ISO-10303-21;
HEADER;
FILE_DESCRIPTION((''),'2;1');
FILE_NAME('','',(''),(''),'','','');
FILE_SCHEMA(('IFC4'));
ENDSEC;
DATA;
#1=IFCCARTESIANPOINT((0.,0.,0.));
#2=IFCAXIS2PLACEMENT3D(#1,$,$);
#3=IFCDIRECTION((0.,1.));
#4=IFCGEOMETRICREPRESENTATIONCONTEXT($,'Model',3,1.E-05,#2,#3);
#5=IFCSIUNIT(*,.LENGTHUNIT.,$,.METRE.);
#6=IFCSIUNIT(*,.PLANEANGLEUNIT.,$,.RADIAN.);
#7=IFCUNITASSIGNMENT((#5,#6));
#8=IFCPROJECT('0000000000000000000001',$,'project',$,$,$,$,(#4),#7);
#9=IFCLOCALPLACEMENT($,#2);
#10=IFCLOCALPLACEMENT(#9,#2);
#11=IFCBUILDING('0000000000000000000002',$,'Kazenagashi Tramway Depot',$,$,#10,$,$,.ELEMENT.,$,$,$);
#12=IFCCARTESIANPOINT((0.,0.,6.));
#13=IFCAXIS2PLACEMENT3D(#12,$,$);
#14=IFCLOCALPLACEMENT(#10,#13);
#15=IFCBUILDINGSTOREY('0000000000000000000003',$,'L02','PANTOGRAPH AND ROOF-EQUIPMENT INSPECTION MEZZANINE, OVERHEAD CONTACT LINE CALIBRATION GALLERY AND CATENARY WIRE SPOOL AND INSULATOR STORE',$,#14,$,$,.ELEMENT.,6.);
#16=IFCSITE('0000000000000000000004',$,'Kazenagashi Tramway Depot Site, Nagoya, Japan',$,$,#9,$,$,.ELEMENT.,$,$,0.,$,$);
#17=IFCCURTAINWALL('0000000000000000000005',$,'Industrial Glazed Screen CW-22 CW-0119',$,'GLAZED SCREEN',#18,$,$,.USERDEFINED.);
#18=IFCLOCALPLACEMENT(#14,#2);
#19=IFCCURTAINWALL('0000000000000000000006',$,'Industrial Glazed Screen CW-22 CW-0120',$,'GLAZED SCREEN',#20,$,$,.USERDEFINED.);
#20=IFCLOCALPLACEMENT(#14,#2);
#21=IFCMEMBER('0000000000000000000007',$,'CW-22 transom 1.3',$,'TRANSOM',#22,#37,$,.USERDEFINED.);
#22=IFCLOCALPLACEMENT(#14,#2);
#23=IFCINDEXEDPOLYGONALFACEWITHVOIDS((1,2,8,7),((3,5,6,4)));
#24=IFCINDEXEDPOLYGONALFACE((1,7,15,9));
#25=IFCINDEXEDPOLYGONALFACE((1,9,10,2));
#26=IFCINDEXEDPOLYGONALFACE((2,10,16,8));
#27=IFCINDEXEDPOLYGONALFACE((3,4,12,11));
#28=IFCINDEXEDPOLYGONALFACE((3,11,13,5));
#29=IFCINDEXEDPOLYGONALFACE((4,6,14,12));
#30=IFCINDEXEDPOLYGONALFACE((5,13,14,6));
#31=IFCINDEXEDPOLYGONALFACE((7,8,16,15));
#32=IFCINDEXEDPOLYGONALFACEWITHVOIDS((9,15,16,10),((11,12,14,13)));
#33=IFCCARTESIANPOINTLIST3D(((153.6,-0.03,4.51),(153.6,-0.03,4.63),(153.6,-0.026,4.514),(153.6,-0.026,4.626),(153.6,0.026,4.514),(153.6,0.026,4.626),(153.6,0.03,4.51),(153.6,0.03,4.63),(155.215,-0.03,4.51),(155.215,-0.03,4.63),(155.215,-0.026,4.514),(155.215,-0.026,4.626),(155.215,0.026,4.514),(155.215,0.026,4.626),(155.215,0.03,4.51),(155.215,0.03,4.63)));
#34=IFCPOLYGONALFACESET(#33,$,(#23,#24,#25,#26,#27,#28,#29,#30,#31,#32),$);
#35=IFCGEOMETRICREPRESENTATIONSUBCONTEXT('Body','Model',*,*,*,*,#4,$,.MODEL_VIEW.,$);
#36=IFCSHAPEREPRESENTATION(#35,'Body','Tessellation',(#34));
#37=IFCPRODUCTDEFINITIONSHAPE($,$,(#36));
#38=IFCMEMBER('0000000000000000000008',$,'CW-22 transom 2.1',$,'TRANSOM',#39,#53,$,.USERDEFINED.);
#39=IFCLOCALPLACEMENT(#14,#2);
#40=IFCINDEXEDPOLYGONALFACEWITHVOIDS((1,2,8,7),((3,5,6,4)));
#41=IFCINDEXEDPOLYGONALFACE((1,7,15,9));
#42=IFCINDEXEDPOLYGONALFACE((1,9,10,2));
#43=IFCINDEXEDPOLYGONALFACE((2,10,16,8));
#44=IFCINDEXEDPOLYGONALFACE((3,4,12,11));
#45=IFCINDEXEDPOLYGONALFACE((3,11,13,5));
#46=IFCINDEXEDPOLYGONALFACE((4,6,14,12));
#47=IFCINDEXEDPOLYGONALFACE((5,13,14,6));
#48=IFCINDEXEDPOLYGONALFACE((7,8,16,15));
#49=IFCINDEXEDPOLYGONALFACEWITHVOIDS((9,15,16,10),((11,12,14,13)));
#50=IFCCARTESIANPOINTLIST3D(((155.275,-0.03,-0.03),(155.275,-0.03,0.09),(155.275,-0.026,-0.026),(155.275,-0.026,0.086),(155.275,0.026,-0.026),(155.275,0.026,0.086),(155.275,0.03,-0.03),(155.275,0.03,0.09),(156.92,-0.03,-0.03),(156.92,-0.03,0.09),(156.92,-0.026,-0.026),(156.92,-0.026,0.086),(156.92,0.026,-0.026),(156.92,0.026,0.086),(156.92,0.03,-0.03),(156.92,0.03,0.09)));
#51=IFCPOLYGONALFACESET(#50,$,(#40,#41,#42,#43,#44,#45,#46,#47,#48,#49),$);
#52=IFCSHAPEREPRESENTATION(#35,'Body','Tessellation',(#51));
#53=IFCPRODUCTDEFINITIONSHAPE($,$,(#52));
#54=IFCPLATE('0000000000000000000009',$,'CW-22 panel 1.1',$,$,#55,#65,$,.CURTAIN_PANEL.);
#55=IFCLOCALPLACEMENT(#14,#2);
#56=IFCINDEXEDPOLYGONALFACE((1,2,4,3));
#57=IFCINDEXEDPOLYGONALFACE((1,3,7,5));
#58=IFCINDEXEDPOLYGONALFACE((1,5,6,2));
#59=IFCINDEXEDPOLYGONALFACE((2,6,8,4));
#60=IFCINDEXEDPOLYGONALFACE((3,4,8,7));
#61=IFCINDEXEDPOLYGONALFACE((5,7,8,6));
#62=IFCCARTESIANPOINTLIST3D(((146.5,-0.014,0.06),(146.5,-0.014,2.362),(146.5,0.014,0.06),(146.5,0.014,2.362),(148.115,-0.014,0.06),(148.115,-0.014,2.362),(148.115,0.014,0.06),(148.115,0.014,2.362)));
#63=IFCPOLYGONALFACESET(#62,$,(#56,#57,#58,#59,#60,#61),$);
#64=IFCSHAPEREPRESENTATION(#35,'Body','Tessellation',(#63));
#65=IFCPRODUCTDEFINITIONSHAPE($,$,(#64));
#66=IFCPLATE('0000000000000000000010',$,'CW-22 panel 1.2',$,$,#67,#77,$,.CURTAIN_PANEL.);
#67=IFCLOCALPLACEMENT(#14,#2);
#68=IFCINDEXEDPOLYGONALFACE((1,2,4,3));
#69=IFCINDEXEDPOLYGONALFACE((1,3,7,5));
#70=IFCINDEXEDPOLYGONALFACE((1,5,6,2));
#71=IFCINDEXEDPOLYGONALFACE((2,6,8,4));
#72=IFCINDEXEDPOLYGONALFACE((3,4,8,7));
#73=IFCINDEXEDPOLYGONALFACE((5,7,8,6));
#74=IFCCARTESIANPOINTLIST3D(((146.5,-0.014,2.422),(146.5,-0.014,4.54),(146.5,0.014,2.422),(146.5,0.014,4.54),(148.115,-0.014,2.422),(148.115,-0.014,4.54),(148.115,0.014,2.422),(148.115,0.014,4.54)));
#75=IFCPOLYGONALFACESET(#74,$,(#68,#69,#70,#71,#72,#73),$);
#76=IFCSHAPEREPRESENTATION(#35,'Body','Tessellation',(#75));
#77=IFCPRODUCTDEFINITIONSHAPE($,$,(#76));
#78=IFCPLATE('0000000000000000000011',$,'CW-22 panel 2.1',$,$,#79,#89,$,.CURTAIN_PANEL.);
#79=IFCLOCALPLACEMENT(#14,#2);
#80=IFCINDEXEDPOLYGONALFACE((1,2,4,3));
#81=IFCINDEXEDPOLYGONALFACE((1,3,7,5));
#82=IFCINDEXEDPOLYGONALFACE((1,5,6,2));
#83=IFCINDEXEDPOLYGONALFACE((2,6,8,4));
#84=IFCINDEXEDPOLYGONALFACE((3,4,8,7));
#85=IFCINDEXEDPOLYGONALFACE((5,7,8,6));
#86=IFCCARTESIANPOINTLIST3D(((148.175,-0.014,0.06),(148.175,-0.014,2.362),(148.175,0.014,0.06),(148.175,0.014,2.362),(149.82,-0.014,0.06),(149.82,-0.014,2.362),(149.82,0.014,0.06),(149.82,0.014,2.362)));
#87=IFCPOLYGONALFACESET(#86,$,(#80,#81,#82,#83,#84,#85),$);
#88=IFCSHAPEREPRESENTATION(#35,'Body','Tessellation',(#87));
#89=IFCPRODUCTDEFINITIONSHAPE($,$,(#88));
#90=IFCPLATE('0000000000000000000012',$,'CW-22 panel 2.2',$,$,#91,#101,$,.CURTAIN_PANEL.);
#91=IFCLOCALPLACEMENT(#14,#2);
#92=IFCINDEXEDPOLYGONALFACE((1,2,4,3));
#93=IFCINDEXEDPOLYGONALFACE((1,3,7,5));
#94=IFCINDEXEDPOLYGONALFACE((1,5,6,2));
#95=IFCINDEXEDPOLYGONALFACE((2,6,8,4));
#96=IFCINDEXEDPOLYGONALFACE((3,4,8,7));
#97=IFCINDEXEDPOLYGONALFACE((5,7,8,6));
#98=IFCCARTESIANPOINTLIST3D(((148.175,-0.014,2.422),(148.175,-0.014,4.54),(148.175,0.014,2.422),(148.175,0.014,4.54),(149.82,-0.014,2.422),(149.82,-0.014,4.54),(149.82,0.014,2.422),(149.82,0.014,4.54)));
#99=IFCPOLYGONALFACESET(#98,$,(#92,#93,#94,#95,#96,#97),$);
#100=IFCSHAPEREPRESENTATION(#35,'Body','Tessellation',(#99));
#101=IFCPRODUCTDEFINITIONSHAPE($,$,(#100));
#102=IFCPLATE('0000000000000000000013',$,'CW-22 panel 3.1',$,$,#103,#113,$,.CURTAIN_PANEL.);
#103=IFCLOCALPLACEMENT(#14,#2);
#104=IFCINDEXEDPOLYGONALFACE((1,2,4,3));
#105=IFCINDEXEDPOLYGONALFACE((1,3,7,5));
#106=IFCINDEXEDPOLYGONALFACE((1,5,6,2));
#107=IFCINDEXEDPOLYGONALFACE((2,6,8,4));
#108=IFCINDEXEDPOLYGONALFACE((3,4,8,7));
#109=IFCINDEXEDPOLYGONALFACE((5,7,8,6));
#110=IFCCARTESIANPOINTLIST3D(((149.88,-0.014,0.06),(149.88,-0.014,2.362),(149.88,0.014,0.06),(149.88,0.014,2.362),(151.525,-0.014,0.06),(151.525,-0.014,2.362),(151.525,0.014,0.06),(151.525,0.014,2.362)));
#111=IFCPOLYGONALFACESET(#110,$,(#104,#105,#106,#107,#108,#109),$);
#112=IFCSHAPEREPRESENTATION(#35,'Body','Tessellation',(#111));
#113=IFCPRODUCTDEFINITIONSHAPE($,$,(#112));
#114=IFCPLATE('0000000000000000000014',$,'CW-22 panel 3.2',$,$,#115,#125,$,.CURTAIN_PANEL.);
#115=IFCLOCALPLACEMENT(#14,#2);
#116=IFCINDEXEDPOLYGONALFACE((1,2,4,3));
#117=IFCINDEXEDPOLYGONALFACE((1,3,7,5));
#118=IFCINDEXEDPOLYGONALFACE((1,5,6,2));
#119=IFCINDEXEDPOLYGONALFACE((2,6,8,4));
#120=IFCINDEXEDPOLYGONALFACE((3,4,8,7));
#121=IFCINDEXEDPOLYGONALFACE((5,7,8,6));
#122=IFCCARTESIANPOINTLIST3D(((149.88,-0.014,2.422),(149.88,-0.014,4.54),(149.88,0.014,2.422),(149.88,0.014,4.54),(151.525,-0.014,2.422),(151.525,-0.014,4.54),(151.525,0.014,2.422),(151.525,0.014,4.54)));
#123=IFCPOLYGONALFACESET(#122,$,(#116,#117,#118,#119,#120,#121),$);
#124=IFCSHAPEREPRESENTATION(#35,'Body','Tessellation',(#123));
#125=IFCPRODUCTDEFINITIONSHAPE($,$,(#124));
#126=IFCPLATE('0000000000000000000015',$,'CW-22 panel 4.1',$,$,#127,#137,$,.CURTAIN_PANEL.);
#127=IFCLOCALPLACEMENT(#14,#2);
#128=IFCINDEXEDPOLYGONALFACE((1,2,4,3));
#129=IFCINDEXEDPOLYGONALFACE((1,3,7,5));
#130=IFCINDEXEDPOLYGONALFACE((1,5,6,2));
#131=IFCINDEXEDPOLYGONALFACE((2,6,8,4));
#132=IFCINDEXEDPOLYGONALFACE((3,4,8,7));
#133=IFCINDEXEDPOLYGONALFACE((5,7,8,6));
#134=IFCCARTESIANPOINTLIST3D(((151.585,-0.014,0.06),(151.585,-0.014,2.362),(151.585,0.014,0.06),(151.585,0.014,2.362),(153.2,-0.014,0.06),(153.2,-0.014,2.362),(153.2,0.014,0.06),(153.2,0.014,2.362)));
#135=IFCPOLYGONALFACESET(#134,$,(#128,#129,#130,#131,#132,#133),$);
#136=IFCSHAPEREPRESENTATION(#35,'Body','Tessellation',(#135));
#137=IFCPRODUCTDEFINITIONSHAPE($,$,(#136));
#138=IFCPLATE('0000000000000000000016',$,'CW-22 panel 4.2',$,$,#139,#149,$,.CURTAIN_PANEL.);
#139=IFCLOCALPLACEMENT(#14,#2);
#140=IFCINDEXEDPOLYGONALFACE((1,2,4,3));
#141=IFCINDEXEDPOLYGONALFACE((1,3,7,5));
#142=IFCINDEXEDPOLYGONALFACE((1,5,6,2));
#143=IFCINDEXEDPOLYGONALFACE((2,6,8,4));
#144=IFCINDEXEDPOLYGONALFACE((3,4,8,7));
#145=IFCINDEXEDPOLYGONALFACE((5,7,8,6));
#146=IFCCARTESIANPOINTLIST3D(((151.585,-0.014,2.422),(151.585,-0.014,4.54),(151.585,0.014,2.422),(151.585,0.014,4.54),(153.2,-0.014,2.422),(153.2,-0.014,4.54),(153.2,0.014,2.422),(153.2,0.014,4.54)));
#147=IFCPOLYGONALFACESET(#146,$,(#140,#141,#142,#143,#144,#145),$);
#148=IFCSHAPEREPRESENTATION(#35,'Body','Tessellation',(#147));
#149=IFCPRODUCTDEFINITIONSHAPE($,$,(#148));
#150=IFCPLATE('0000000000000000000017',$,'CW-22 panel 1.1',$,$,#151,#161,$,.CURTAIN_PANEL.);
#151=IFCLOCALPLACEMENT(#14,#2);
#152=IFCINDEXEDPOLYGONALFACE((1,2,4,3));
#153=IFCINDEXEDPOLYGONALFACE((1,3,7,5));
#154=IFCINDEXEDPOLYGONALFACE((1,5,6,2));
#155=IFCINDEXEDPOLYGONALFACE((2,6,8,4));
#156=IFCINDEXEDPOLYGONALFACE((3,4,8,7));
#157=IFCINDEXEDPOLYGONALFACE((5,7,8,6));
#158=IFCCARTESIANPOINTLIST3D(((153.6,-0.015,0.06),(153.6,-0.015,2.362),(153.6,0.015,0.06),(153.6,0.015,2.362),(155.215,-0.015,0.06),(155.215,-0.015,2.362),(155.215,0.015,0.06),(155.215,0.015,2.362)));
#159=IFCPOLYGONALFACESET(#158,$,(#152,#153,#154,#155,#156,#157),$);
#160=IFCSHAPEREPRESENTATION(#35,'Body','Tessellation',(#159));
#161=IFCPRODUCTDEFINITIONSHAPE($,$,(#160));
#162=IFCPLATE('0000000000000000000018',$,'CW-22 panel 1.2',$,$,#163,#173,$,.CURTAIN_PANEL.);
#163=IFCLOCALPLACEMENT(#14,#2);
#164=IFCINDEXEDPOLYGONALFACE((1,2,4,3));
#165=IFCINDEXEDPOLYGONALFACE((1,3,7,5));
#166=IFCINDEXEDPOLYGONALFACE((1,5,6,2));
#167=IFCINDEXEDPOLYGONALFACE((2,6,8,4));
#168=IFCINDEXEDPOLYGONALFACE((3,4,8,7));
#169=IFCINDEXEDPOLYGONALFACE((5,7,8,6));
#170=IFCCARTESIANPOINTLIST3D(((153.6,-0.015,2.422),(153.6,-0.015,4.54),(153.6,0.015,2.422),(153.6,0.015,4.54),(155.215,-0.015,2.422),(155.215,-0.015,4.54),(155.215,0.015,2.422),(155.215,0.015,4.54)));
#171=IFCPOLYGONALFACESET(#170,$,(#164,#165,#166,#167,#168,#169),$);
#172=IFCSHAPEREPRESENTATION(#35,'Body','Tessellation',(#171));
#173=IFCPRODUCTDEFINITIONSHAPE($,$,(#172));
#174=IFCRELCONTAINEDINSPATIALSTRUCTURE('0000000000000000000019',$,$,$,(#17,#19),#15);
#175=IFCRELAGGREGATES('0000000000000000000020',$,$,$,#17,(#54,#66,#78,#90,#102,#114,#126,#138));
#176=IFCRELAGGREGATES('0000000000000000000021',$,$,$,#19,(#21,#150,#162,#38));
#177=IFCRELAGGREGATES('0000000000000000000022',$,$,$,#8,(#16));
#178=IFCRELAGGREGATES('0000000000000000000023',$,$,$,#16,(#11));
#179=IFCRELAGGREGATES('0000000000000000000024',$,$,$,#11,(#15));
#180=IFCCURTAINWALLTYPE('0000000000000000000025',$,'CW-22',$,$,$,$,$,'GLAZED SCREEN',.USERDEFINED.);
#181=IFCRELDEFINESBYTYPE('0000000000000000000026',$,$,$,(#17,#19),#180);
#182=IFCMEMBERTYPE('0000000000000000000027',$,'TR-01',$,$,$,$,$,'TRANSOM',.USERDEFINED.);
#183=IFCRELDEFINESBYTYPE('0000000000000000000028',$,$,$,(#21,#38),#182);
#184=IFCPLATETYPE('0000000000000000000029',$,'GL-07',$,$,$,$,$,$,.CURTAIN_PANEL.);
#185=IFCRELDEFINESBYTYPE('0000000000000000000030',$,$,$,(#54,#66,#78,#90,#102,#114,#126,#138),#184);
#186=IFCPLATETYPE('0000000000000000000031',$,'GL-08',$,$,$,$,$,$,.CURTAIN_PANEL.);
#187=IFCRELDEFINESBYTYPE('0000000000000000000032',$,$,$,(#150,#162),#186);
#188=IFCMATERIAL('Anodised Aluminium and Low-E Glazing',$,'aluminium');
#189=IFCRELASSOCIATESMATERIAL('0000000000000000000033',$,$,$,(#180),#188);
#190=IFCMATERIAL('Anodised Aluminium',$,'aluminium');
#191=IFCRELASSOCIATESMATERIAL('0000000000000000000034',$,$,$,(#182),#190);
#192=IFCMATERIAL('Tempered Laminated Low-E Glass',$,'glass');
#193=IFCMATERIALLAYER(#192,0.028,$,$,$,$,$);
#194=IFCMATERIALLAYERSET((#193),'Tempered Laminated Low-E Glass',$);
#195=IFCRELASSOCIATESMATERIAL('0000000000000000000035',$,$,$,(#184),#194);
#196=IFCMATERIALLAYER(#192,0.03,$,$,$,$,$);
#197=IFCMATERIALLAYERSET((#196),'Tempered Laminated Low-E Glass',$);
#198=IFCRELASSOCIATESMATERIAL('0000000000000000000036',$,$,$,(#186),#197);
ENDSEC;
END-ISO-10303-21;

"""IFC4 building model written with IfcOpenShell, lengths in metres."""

from ifc_helpers import new_model, si_unit, direction, frame, origin, origin_2d, place, context, subcontext, project, spatial, rectangle, hollow_rectangle, extrude, material, layer, layer_set, material_profile, profile_set, type_object, element, aggregate, save


model = new_model("IFC4")

# Units and contexts
model_context = context("Model", 3, precision=1e-05, world=origin(), true_north=direction((0.0, 1.0)))
body_context = subcontext(model_context, "Body", "Model", "MODEL_VIEW")
ifc_project = project(units=[si_unit("LENGTHUNIT", "METRE"), si_unit("PLANEANGLEUNIT", "RADIAN")], contexts=[model_context])

# Site, building, storey
site_placement = place(None, origin())
site = spatial("IfcSite", under=ifc_project, at=site_placement, Name="Kazenagashi Tramway Depot Site, Nagoya, Japan", CompositionType="ELEMENT", RefElevation=0.0)
building_placement = place(site_placement, origin())
building = spatial("IfcBuilding", under=site, at=building_placement, Name="Kazenagashi Tramway Depot", CompositionType="ELEMENT")
storey_placement = place(building_placement, frame((0.0, 0.0, 6.0)))
storey = spatial("IfcBuildingStorey", under=building, at=storey_placement, Name="L02", Description="PANTOGRAPH AND ROOF-EQUIPMENT INSPECTION MEZZANINE, OVERHEAD CONTACT LINE CALIBRATION GALLERY AND CATENARY WIRE SPOOL AND INSULATOR STORE", CompositionType="ELEMENT", Elevation=6.0)

# Curtain walls
ifc_material_1 = material(Name="Anodised Aluminium and Low-E Glazing", Category="aluminium")
curtain_wall_type = type_object("IfcCurtainWallType", Name="CW-22", ElementType="GLAZED SCREEN", PredefinedType="USERDEFINED", material=ifc_material_1)
curtain_wall_1_placement = place(storey_placement, origin())
curtain_wall_1 = element("IfcCurtainWall", 1, at=curtain_wall_1_placement, inside=storey, type_object=curtain_wall_type, Name="Industrial Glazed Screen CW-22 CW-0119", ObjectType="GLAZED SCREEN", PredefinedType="USERDEFINED")
ifc_material_2 = material(Name="Anodised Aluminium", Category="aluminium")
curtain_wall_2_placement = place(storey_placement, origin())
curtain_wall_2 = element("IfcCurtainWall", 2, at=curtain_wall_2_placement, inside=storey, type_object=curtain_wall_type, Name="Industrial Glazed Screen CW-22 CW-0120", ObjectType="GLAZED SCREEN", PredefinedType="USERDEFINED")

# Members
ifc_material_profile_1 = material_profile(ifc_material_2, hollow_rectangle(XDim=0.06, YDim=0.12, WallThickness=0.004, at=origin_2d()), Name="RHS-120x60x4")
ifc_profile_set_1 = profile_set([ifc_material_profile_1], Name="Anodised Aluminium")
member_type_1 = type_object("IfcMemberType", Name="TR-01", ElementType="TRANSOM", PredefinedType="USERDEFINED", material=ifc_profile_set_1)
member_1_placement = place(storey_placement, frame((153.6, 0.0, 4.57), z_axis=(1.0, 0.0, 0.0), x_axis=(0.0, 1.0, 0.0)))
member_1 = element("IfcMember", 3, at=member_1_placement, type_object=member_type_1, Name="CW-22 transom 1.3", ObjectType="TRANSOM", PredefinedType="USERDEFINED", context=body_context, shape_type="SweptSolid", body=[
    extrude(hollow_rectangle(XDim=0.06, YDim=0.12, WallThickness=0.004, at=origin_2d()), origin(), (0.0, 0.0, 1.0), 1.615),
])
member_2_placement = place(storey_placement, frame((155.275, 0.0, 0.03), z_axis=(1.0, 0.0, 0.0), x_axis=(0.0, 1.0, 0.0)))
member_2 = element("IfcMember", 4, at=member_2_placement, type_object=member_type_1, Name="CW-22 transom 2.1", ObjectType="TRANSOM", PredefinedType="USERDEFINED", context=body_context, shape_type="SweptSolid", body=[
    extrude(hollow_rectangle(XDim=0.06, YDim=0.12, WallThickness=0.004, at=origin_2d()), origin(), (0.0, 0.0, 1.0), 1.645),
])

# Plates
ifc_material_3 = material(Name="Tempered Laminated Low-E Glass", Category="glass")
ifc_layer_1 = layer(ifc_material_3, 0.028)
ifc_layer_set_1 = layer_set([ifc_layer_1], Name="Tempered Laminated Low-E Glass")
plate_type_1 = type_object("IfcPlateType", Name="GL-07", PredefinedType="CURTAIN_PANEL", material=ifc_layer_set_1)
plate_1_placement = place(storey_placement, frame((147.3075, 0.0, 0.06), z_axis=(0.0, 0.0, 1.0), x_axis=(1.0, 0.0, 0.0)))
plate_1 = element("IfcPlate", 5, at=plate_1_placement, type_object=plate_type_1, Name="CW-22 panel 1.1", PredefinedType="CURTAIN_PANEL", context=body_context, shape_type="SweptSolid", body=[
    extrude(rectangle(XDim=1.615, YDim=0.028, at=origin_2d()), origin(), (0.0, 0.0, 1.0), 2.302),
])
plate_2_placement = place(storey_placement, frame((147.3075, 0.0, 2.422), z_axis=(0.0, 0.0, 1.0), x_axis=(1.0, 0.0, 0.0)))
plate_2 = element("IfcPlate", 6, at=plate_2_placement, type_object=plate_type_1, Name="CW-22 panel 1.2", PredefinedType="CURTAIN_PANEL", context=body_context, shape_type="SweptSolid", body=[
    extrude(rectangle(XDim=1.615, YDim=0.028, at=origin_2d()), origin(), (0.0, 0.0, 1.0), 2.118),
])
plate_3_placement = place(storey_placement, frame((148.9975, 0.0, 0.06), z_axis=(0.0, 0.0, 1.0), x_axis=(1.0, 0.0, 0.0)))
plate_3 = element("IfcPlate", 7, at=plate_3_placement, type_object=plate_type_1, Name="CW-22 panel 2.1", PredefinedType="CURTAIN_PANEL", context=body_context, shape_type="SweptSolid", body=[
    extrude(rectangle(XDim=1.645, YDim=0.028, at=origin_2d()), origin(), (0.0, 0.0, 1.0), 2.302),
])
plate_4_placement = place(storey_placement, frame((148.9975, 0.0, 2.422), z_axis=(0.0, 0.0, 1.0), x_axis=(1.0, 0.0, 0.0)))
plate_4 = element("IfcPlate", 8, at=plate_4_placement, type_object=plate_type_1, Name="CW-22 panel 2.2", PredefinedType="CURTAIN_PANEL", context=body_context, shape_type="SweptSolid", body=[
    extrude(rectangle(XDim=1.645, YDim=0.028, at=origin_2d()), origin(), (0.0, 0.0, 1.0), 2.118),
])
plate_5_placement = place(storey_placement, frame((150.7025, 0.0, 0.06), z_axis=(0.0, 0.0, 1.0), x_axis=(1.0, 0.0, 0.0)))
plate_5 = element("IfcPlate", 9, at=plate_5_placement, type_object=plate_type_1, Name="CW-22 panel 3.1", PredefinedType="CURTAIN_PANEL", context=body_context, shape_type="SweptSolid", body=[
    extrude(rectangle(XDim=1.645, YDim=0.028, at=origin_2d()), origin(), (0.0, 0.0, 1.0), 2.302),
])
plate_6_placement = place(storey_placement, frame((150.7025, 0.0, 2.422), z_axis=(0.0, 0.0, 1.0), x_axis=(1.0, 0.0, 0.0)))
plate_6 = element("IfcPlate", 10, at=plate_6_placement, type_object=plate_type_1, Name="CW-22 panel 3.2", PredefinedType="CURTAIN_PANEL", context=body_context, shape_type="SweptSolid", body=[
    extrude(rectangle(XDim=1.645, YDim=0.028, at=origin_2d()), origin(), (0.0, 0.0, 1.0), 2.118),
])
plate_7_placement = place(storey_placement, frame((152.3925, 0.0, 0.06), z_axis=(0.0, 0.0, 1.0), x_axis=(1.0, 0.0, 0.0)))
plate_7 = element("IfcPlate", 11, at=plate_7_placement, type_object=plate_type_1, Name="CW-22 panel 4.1", PredefinedType="CURTAIN_PANEL", context=body_context, shape_type="SweptSolid", body=[
    extrude(rectangle(XDim=1.615, YDim=0.028, at=origin_2d()), origin(), (0.0, 0.0, 1.0), 2.302),
])
plate_8_placement = place(storey_placement, frame((152.3925, 0.0, 2.422), z_axis=(0.0, 0.0, 1.0), x_axis=(1.0, 0.0, 0.0)))
plate_8 = element("IfcPlate", 12, at=plate_8_placement, type_object=plate_type_1, Name="CW-22 panel 4.2", PredefinedType="CURTAIN_PANEL", context=body_context, shape_type="SweptSolid", body=[
    extrude(rectangle(XDim=1.615, YDim=0.028, at=origin_2d()), origin(), (0.0, 0.0, 1.0), 2.118),
])
aggregate(curtain_wall_1, [plate_1, plate_2, plate_3, plate_4, plate_5, plate_6, plate_7, plate_8])
ifc_layer_2 = layer(ifc_material_3, 0.03)
ifc_layer_set_2 = layer_set([ifc_layer_2], Name="Tempered Laminated Low-E Glass")
plate_type_2 = type_object("IfcPlateType", Name="GL-08", PredefinedType="CURTAIN_PANEL", material=ifc_layer_set_2)
plate_9_placement = place(storey_placement, frame((154.4075, 0.0, 0.06), z_axis=(0.0, 0.0, 1.0), x_axis=(1.0, 0.0, 0.0)))
plate_9 = element("IfcPlate", 13, at=plate_9_placement, type_object=plate_type_2, Name="CW-22 panel 1.1", PredefinedType="CURTAIN_PANEL", context=body_context, shape_type="SweptSolid", body=[
    extrude(rectangle(XDim=1.615, YDim=0.03, at=origin_2d()), origin(), (0.0, 0.0, 1.0), 2.302),
])
plate_10_placement = place(storey_placement, frame((154.4075, 0.0, 2.422), z_axis=(0.0, 0.0, 1.0), x_axis=(1.0, 0.0, 0.0)))
plate_10 = element("IfcPlate", 14, at=plate_10_placement, type_object=plate_type_2, Name="CW-22 panel 1.2", PredefinedType="CURTAIN_PANEL", context=body_context, shape_type="SweptSolid", body=[
    extrude(rectangle(XDim=1.615, YDim=0.03, at=origin_2d()), origin(), (0.0, 0.0, 1.0), 2.118),
])
aggregate(curtain_wall_2, [member_1, plate_9, plate_10, member_2])

save(model, "model.ifc")
